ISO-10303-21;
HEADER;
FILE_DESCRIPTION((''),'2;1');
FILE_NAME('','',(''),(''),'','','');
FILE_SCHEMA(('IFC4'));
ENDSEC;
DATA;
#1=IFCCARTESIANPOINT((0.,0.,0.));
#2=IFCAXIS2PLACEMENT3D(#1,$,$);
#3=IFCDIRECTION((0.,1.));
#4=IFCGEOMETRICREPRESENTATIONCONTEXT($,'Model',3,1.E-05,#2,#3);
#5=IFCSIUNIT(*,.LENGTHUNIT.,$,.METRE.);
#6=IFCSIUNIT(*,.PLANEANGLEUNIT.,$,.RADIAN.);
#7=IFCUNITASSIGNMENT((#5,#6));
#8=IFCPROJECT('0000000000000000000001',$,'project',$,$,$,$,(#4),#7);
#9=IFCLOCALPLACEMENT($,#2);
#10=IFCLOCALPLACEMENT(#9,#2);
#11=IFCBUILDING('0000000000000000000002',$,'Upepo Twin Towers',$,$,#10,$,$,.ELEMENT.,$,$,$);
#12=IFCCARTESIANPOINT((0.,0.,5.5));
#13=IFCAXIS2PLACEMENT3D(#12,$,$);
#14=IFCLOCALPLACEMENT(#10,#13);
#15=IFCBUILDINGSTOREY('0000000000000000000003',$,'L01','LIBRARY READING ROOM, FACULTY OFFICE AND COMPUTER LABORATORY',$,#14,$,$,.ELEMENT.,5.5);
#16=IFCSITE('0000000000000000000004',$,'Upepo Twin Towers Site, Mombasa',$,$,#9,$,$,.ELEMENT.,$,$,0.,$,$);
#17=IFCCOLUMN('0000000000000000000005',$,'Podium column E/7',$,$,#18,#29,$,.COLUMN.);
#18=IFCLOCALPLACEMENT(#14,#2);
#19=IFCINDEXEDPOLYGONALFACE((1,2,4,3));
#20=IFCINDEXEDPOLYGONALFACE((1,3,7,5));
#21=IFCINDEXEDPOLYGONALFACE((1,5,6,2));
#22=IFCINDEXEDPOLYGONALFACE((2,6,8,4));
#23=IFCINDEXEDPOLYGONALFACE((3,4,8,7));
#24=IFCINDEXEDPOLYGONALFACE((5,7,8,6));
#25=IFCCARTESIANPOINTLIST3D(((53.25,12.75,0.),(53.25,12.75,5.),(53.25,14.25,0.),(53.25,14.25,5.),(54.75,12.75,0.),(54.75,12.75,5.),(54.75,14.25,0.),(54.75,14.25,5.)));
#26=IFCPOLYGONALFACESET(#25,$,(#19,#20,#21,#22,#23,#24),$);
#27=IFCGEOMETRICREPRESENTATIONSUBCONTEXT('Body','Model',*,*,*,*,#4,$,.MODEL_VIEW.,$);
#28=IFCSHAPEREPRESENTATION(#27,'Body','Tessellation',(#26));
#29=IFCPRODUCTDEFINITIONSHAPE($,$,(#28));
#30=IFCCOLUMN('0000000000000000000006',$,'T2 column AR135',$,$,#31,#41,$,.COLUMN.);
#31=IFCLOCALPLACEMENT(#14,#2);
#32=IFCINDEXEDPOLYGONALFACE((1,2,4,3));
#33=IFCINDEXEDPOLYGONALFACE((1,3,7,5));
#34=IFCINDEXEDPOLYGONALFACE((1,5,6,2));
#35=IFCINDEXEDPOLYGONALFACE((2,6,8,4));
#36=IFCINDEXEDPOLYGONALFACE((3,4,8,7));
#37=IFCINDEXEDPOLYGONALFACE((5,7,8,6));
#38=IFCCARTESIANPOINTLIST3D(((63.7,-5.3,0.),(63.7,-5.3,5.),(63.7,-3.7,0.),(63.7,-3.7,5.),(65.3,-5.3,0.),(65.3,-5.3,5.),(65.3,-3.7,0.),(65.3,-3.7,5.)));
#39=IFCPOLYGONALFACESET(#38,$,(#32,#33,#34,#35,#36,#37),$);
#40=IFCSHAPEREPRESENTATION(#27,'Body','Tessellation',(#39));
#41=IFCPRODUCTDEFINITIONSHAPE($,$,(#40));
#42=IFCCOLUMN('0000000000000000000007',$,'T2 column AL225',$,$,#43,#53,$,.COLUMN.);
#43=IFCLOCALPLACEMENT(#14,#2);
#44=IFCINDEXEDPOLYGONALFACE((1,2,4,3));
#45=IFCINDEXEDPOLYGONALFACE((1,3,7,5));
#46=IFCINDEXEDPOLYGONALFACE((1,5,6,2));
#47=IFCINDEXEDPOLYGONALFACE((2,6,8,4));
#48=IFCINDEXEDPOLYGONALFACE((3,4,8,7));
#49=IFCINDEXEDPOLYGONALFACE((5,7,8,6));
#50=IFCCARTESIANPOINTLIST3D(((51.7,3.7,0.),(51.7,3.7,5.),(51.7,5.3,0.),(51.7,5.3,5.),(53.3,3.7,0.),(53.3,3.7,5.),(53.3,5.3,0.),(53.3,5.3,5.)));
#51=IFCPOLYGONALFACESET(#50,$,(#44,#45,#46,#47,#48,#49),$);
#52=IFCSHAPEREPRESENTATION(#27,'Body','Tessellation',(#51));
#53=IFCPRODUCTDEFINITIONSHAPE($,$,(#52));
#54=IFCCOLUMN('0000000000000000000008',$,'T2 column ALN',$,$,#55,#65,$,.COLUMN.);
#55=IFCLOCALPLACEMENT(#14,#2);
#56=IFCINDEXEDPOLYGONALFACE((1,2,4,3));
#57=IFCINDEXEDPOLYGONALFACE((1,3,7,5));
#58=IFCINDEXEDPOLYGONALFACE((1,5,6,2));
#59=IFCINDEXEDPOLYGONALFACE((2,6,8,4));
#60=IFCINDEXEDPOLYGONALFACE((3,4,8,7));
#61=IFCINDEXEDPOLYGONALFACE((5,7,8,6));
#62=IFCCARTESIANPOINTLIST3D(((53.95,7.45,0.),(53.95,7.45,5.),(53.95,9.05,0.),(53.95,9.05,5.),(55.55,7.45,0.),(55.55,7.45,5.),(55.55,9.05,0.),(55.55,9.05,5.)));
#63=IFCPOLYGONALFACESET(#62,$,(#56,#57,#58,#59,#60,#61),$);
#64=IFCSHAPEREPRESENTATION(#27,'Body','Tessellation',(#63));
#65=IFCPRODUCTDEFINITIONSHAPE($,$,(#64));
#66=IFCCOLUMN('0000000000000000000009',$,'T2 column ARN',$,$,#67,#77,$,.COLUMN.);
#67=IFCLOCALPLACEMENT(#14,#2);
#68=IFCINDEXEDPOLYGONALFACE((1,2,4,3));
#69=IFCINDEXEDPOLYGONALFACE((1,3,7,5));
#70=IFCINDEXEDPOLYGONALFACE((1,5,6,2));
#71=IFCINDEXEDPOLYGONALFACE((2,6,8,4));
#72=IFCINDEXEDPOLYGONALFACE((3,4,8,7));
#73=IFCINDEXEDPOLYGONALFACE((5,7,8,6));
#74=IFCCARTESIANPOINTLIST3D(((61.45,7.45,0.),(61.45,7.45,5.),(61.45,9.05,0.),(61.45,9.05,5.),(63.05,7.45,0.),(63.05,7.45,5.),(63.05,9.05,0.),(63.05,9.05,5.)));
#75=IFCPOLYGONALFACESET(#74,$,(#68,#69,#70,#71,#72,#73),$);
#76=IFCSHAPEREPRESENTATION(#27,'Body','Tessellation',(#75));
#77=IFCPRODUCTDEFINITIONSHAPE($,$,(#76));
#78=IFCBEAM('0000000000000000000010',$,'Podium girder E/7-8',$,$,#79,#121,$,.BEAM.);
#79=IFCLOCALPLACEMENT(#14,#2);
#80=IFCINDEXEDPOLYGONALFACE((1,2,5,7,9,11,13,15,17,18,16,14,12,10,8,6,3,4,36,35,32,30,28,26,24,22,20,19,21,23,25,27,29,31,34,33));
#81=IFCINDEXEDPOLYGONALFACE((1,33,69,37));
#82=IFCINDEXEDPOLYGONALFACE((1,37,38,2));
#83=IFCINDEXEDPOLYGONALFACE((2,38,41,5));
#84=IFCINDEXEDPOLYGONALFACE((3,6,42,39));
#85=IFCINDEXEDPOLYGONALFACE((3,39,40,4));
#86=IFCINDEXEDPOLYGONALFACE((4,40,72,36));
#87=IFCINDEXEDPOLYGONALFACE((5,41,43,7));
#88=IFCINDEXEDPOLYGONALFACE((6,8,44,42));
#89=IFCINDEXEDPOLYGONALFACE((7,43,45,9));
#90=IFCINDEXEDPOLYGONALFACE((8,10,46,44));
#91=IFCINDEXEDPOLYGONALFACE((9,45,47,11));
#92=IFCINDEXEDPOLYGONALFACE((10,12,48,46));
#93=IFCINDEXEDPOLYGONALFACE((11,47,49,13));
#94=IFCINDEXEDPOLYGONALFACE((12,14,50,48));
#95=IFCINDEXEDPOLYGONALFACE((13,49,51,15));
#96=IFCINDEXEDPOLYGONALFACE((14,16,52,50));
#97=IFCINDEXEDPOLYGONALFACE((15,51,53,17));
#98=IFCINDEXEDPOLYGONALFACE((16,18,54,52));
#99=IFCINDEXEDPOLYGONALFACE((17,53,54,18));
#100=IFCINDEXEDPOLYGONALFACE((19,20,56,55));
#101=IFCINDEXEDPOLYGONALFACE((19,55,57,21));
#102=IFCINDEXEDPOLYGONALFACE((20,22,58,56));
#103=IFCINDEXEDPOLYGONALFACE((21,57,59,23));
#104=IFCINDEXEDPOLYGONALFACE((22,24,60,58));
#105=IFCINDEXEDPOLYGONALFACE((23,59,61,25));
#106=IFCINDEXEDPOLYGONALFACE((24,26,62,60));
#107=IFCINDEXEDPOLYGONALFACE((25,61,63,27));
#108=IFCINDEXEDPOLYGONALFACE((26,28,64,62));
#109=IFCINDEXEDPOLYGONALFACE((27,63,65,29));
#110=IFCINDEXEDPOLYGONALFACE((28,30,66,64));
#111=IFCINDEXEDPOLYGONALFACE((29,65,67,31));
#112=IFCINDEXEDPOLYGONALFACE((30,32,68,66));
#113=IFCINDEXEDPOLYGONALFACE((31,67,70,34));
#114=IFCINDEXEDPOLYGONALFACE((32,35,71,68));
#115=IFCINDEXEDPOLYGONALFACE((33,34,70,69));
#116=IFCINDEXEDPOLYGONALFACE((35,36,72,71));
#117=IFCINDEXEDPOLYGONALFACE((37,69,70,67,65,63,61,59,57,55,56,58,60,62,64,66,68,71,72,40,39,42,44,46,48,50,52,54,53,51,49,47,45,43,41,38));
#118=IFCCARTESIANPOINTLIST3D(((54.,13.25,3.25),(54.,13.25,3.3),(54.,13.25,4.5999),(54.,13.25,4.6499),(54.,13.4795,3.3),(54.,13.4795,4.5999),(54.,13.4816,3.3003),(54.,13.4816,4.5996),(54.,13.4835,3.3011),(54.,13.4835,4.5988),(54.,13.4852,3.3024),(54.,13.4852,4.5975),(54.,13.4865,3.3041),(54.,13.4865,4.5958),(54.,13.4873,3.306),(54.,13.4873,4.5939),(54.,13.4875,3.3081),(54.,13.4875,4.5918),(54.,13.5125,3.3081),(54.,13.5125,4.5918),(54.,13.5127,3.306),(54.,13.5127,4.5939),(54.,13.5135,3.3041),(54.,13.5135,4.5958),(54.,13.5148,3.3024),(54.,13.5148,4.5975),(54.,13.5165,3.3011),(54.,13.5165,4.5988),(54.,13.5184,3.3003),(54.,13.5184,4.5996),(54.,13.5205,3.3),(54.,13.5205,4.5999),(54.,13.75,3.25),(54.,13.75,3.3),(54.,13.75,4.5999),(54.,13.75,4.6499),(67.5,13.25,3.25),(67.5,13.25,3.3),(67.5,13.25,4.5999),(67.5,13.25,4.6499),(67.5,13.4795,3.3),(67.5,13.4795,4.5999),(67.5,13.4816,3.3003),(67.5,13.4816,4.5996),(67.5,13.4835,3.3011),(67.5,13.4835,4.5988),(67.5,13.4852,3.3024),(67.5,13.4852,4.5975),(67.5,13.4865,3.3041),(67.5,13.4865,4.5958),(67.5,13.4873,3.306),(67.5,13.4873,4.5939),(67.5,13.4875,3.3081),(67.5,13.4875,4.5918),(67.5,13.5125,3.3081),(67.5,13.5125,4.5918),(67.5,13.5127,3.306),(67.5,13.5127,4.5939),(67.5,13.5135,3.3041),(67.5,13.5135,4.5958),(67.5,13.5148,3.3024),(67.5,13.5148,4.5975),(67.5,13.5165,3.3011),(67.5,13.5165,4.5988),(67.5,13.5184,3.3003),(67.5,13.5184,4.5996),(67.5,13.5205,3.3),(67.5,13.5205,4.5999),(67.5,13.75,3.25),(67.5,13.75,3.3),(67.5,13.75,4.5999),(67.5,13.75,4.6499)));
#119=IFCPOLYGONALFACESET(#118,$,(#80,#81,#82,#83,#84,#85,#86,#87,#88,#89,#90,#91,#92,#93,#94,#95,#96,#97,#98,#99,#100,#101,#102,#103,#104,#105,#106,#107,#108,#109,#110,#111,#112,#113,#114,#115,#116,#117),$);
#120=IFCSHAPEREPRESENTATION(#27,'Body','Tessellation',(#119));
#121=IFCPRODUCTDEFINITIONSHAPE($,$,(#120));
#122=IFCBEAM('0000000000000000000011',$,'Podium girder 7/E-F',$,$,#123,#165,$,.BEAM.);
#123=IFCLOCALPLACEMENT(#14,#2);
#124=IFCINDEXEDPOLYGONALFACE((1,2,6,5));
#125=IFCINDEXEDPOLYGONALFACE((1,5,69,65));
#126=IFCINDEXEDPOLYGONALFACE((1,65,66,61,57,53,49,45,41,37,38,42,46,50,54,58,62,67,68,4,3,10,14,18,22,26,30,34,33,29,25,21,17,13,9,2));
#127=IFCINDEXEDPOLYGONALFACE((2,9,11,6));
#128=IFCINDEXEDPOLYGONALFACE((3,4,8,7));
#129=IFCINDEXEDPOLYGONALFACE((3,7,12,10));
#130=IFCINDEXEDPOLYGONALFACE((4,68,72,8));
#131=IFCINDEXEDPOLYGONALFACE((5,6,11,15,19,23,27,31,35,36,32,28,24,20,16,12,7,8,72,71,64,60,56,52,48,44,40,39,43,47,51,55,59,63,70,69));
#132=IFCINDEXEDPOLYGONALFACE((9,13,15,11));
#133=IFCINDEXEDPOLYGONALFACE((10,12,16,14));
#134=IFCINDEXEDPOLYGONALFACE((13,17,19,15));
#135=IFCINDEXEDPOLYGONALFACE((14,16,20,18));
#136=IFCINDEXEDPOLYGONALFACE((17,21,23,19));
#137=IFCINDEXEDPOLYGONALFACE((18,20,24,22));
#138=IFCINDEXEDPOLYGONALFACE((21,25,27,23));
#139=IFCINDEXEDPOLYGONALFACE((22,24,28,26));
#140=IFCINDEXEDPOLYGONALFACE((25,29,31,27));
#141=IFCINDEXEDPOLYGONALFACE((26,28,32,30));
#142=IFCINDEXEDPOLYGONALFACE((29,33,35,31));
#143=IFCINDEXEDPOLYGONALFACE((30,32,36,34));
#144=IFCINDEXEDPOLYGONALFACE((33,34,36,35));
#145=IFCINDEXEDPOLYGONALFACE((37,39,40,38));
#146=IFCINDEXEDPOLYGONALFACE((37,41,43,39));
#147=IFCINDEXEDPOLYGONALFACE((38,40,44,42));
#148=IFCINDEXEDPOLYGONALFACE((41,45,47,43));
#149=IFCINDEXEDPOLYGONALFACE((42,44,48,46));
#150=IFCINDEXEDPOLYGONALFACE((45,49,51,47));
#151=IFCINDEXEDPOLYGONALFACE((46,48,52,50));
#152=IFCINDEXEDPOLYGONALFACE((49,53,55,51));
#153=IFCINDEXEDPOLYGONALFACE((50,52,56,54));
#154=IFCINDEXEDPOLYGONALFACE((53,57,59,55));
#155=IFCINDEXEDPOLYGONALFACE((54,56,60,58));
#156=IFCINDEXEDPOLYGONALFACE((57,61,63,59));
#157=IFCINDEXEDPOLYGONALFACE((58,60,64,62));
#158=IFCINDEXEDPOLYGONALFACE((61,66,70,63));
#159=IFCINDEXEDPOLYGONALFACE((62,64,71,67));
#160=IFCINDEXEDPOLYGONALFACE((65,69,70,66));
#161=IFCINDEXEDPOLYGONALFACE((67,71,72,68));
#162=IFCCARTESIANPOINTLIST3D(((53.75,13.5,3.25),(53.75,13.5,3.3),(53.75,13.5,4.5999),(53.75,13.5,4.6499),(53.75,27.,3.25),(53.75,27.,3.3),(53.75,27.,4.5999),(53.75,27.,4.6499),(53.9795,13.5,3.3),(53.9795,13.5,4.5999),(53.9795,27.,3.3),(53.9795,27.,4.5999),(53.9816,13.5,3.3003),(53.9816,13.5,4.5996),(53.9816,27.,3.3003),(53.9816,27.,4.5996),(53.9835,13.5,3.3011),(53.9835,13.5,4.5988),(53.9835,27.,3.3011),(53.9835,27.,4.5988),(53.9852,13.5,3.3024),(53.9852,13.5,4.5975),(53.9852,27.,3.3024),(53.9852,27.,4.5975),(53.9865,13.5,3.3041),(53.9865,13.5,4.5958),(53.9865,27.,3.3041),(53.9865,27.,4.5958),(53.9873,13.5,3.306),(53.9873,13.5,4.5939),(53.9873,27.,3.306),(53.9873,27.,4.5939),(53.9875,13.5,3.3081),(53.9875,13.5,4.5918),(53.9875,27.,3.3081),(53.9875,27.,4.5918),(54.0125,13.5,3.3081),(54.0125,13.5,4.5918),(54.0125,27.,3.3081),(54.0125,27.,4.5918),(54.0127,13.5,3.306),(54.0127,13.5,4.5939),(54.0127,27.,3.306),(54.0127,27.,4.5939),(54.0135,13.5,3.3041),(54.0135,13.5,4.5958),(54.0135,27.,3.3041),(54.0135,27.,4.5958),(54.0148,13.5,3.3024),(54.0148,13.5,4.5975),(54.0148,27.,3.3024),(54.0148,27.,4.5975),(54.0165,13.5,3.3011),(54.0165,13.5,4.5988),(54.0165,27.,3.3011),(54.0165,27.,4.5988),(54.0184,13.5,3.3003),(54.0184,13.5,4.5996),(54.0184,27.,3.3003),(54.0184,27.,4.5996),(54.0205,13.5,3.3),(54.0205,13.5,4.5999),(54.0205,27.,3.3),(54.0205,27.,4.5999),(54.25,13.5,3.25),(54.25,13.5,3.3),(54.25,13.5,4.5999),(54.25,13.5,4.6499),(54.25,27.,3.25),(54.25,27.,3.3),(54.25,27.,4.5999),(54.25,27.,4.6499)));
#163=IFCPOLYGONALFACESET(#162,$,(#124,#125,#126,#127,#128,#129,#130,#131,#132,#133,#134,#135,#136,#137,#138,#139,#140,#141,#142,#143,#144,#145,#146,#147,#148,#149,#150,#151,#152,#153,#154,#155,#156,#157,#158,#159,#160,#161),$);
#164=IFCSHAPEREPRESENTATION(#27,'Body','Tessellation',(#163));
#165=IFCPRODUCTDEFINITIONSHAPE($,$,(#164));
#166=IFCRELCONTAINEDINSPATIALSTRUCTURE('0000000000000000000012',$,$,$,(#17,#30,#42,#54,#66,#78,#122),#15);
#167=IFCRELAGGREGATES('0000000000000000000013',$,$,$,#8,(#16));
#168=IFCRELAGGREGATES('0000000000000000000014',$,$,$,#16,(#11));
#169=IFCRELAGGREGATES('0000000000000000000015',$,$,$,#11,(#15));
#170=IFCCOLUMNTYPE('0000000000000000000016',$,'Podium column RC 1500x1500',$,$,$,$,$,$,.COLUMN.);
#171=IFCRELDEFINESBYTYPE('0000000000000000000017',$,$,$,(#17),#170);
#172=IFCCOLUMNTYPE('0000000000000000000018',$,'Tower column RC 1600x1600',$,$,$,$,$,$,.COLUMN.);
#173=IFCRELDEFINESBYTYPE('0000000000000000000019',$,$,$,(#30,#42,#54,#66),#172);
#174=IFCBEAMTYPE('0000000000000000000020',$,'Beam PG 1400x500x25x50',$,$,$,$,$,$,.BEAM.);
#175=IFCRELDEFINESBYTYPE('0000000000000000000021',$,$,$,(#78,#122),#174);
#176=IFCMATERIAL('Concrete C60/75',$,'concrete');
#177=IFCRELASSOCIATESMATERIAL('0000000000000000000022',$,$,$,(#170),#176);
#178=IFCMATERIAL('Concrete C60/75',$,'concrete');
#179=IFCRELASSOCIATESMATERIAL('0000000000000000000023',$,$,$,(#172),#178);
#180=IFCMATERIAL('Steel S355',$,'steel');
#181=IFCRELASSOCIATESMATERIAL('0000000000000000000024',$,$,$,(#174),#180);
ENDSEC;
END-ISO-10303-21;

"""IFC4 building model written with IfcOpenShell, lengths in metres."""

from ifc_helpers import new_model, si_unit, direction, frame, origin, origin_2d, place, context, subcontext, project, spatial, rectangle, i_section, extrude, material, material_profile, profile_set, type_object, element, save


model = new_model("IFC4")

# Units and contexts
model_context = context("Model", 3, precision=1e-05, world=origin(), true_north=direction((0.0, 1.0)))
body_context = subcontext(model_context, "Body", "Model", "MODEL_VIEW")
ifc_project = project(units=[si_unit("LENGTHUNIT", "METRE"), si_unit("PLANEANGLEUNIT", "RADIAN")], contexts=[model_context])

# Site, building, storey
site_placement = place(None, origin())
site = spatial("IfcSite", under=ifc_project, at=site_placement, Name="Upepo Twin Towers Site, Mombasa", CompositionType="ELEMENT", RefElevation=0.0)
building_placement = place(site_placement, origin())
building = spatial("IfcBuilding", under=site, at=building_placement, Name="Upepo Twin Towers", CompositionType="ELEMENT")
storey_placement = place(building_placement, frame((0.0, 0.0, 5.5)))
storey = spatial("IfcBuildingStorey", under=building, at=storey_placement, Name="L01", Description="LIBRARY READING ROOM, FACULTY OFFICE AND COMPUTER LABORATORY", CompositionType="ELEMENT", Elevation=5.5)

# Columns
ifc_material_1 = material(Name="Concrete C60/75", Category="concrete")
ifc_material_profile_1 = material_profile(ifc_material_1, rectangle(XDim=1.5, YDim=1.5, at=origin_2d()), Name="RC 1500x1500")
ifc_profile_set_1 = profile_set([ifc_material_profile_1], Name="Concrete C60/75")
column_type_1 = type_object("IfcColumnType", Name="Podium column RC 1500x1500", PredefinedType="COLUMN", material=ifc_profile_set_1)
column_placement = place(storey_placement, frame((54.0, 13.5, 0.0), z_axis=(0.0, 0.0, 1.0), x_axis=(1.0, 0.0, 0.0)))
element("IfcColumn", 1, at=column_placement, inside=storey, type_object=column_type_1, Name="Podium column E/7", PredefinedType="COLUMN", context=body_context, shape_type="SweptSolid", body=[
    extrude(rectangle(XDim=1.5, YDim=1.5, at=origin_2d()), origin(), (0.0, 0.0, 1.0), 5.0),
])
ifc_material_2 = material(Name="Concrete C60/75", Category="concrete")
ifc_material_profile_2 = material_profile(ifc_material_2, rectangle(XDim=1.6001, YDim=1.6001, at=origin_2d()), Name="RC 1600x1600")
ifc_profile_set_2 = profile_set([ifc_material_profile_2], Name="Concrete C60/75")
column_type_2 = type_object("IfcColumnType", Name="Tower column RC 1600x1600", PredefinedType="COLUMN", material=ifc_profile_set_2)
for number, where, z_axis, x_axis, name in (
    (2, (64.5, -4.5, 0.0), (0.0, 0.0, 1.0), (1.0, 0.0, 0.0), "T2 column AR135"),
    (3, (52.5, 4.5, 0.0), (0.0, 0.0, 1.0), (1.0, 0.0, 0.0), "T2 column AL225"),
    (4, (54.75, 8.25, 0.0), (0.0, 0.0, 1.0), (1.0, 0.0, 0.0), "T2 column ALN"),
    (5, (62.25, 8.25, 0.0), (0.0, 0.0, 1.0), (1.0, 0.0, 0.0), "T2 column ARN"),
):
    element("IfcColumn", number, at=place(storey_placement, frame(where, z_axis=z_axis, x_axis=x_axis)), inside=storey, type_object=column_type_2, Name=name, PredefinedType="COLUMN", context=body_context, shape_type="SweptSolid", body=[
        extrude(rectangle(XDim=1.6001, YDim=1.6001, at=origin_2d()), origin(), (0.0, 0.0, 1.0), 5.0),
    ])

# Beams
ifc_material_3 = material(Name="Steel S355", Category="steel")
ifc_material_profile_3 = material_profile(ifc_material_3, i_section(OverallWidth=0.5, OverallDepth=1.3999, WebThickness=0.0249, FlangeThickness=0.05, FilletRadius=0.0081, at=origin_2d()), Name="PG 1400x500x25x50")
ifc_profile_set_3 = profile_set([ifc_material_profile_3], Name="Steel S355")
beam_type_1 = type_object("IfcBeamType", Name="Beam PG 1400x500x25x50", PredefinedType="BEAM", material=ifc_profile_set_3)
for number, where, z_axis, x_axis, name in (
    (6, (54.0, 13.5, 3.95), (1.0, 0.0, 0.0), (0.0, 1.0, 0.0), "Podium girder E/7-8"),
    (7, (54.0, 13.5, 3.95), (0.0, 1.0, 0.0), (-1.0, 0.0, 0.0), "Podium girder 7/E-F"),
):
    element("IfcBeam", number, at=place(storey_placement, frame(where, z_axis=z_axis, x_axis=x_axis)), inside=storey, type_object=beam_type_1, Name=name, PredefinedType="BEAM", context=body_context, shape_type="SweptSolid", body=[
        extrude(i_section(OverallWidth=0.5, OverallDepth=1.3999, WebThickness=0.0249, FlangeThickness=0.05, FilletRadius=0.0081, at=origin_2d()), origin(), (0.0, 0.0, 1.0), 13.5),
    ])

save(model, "model.ifc")
